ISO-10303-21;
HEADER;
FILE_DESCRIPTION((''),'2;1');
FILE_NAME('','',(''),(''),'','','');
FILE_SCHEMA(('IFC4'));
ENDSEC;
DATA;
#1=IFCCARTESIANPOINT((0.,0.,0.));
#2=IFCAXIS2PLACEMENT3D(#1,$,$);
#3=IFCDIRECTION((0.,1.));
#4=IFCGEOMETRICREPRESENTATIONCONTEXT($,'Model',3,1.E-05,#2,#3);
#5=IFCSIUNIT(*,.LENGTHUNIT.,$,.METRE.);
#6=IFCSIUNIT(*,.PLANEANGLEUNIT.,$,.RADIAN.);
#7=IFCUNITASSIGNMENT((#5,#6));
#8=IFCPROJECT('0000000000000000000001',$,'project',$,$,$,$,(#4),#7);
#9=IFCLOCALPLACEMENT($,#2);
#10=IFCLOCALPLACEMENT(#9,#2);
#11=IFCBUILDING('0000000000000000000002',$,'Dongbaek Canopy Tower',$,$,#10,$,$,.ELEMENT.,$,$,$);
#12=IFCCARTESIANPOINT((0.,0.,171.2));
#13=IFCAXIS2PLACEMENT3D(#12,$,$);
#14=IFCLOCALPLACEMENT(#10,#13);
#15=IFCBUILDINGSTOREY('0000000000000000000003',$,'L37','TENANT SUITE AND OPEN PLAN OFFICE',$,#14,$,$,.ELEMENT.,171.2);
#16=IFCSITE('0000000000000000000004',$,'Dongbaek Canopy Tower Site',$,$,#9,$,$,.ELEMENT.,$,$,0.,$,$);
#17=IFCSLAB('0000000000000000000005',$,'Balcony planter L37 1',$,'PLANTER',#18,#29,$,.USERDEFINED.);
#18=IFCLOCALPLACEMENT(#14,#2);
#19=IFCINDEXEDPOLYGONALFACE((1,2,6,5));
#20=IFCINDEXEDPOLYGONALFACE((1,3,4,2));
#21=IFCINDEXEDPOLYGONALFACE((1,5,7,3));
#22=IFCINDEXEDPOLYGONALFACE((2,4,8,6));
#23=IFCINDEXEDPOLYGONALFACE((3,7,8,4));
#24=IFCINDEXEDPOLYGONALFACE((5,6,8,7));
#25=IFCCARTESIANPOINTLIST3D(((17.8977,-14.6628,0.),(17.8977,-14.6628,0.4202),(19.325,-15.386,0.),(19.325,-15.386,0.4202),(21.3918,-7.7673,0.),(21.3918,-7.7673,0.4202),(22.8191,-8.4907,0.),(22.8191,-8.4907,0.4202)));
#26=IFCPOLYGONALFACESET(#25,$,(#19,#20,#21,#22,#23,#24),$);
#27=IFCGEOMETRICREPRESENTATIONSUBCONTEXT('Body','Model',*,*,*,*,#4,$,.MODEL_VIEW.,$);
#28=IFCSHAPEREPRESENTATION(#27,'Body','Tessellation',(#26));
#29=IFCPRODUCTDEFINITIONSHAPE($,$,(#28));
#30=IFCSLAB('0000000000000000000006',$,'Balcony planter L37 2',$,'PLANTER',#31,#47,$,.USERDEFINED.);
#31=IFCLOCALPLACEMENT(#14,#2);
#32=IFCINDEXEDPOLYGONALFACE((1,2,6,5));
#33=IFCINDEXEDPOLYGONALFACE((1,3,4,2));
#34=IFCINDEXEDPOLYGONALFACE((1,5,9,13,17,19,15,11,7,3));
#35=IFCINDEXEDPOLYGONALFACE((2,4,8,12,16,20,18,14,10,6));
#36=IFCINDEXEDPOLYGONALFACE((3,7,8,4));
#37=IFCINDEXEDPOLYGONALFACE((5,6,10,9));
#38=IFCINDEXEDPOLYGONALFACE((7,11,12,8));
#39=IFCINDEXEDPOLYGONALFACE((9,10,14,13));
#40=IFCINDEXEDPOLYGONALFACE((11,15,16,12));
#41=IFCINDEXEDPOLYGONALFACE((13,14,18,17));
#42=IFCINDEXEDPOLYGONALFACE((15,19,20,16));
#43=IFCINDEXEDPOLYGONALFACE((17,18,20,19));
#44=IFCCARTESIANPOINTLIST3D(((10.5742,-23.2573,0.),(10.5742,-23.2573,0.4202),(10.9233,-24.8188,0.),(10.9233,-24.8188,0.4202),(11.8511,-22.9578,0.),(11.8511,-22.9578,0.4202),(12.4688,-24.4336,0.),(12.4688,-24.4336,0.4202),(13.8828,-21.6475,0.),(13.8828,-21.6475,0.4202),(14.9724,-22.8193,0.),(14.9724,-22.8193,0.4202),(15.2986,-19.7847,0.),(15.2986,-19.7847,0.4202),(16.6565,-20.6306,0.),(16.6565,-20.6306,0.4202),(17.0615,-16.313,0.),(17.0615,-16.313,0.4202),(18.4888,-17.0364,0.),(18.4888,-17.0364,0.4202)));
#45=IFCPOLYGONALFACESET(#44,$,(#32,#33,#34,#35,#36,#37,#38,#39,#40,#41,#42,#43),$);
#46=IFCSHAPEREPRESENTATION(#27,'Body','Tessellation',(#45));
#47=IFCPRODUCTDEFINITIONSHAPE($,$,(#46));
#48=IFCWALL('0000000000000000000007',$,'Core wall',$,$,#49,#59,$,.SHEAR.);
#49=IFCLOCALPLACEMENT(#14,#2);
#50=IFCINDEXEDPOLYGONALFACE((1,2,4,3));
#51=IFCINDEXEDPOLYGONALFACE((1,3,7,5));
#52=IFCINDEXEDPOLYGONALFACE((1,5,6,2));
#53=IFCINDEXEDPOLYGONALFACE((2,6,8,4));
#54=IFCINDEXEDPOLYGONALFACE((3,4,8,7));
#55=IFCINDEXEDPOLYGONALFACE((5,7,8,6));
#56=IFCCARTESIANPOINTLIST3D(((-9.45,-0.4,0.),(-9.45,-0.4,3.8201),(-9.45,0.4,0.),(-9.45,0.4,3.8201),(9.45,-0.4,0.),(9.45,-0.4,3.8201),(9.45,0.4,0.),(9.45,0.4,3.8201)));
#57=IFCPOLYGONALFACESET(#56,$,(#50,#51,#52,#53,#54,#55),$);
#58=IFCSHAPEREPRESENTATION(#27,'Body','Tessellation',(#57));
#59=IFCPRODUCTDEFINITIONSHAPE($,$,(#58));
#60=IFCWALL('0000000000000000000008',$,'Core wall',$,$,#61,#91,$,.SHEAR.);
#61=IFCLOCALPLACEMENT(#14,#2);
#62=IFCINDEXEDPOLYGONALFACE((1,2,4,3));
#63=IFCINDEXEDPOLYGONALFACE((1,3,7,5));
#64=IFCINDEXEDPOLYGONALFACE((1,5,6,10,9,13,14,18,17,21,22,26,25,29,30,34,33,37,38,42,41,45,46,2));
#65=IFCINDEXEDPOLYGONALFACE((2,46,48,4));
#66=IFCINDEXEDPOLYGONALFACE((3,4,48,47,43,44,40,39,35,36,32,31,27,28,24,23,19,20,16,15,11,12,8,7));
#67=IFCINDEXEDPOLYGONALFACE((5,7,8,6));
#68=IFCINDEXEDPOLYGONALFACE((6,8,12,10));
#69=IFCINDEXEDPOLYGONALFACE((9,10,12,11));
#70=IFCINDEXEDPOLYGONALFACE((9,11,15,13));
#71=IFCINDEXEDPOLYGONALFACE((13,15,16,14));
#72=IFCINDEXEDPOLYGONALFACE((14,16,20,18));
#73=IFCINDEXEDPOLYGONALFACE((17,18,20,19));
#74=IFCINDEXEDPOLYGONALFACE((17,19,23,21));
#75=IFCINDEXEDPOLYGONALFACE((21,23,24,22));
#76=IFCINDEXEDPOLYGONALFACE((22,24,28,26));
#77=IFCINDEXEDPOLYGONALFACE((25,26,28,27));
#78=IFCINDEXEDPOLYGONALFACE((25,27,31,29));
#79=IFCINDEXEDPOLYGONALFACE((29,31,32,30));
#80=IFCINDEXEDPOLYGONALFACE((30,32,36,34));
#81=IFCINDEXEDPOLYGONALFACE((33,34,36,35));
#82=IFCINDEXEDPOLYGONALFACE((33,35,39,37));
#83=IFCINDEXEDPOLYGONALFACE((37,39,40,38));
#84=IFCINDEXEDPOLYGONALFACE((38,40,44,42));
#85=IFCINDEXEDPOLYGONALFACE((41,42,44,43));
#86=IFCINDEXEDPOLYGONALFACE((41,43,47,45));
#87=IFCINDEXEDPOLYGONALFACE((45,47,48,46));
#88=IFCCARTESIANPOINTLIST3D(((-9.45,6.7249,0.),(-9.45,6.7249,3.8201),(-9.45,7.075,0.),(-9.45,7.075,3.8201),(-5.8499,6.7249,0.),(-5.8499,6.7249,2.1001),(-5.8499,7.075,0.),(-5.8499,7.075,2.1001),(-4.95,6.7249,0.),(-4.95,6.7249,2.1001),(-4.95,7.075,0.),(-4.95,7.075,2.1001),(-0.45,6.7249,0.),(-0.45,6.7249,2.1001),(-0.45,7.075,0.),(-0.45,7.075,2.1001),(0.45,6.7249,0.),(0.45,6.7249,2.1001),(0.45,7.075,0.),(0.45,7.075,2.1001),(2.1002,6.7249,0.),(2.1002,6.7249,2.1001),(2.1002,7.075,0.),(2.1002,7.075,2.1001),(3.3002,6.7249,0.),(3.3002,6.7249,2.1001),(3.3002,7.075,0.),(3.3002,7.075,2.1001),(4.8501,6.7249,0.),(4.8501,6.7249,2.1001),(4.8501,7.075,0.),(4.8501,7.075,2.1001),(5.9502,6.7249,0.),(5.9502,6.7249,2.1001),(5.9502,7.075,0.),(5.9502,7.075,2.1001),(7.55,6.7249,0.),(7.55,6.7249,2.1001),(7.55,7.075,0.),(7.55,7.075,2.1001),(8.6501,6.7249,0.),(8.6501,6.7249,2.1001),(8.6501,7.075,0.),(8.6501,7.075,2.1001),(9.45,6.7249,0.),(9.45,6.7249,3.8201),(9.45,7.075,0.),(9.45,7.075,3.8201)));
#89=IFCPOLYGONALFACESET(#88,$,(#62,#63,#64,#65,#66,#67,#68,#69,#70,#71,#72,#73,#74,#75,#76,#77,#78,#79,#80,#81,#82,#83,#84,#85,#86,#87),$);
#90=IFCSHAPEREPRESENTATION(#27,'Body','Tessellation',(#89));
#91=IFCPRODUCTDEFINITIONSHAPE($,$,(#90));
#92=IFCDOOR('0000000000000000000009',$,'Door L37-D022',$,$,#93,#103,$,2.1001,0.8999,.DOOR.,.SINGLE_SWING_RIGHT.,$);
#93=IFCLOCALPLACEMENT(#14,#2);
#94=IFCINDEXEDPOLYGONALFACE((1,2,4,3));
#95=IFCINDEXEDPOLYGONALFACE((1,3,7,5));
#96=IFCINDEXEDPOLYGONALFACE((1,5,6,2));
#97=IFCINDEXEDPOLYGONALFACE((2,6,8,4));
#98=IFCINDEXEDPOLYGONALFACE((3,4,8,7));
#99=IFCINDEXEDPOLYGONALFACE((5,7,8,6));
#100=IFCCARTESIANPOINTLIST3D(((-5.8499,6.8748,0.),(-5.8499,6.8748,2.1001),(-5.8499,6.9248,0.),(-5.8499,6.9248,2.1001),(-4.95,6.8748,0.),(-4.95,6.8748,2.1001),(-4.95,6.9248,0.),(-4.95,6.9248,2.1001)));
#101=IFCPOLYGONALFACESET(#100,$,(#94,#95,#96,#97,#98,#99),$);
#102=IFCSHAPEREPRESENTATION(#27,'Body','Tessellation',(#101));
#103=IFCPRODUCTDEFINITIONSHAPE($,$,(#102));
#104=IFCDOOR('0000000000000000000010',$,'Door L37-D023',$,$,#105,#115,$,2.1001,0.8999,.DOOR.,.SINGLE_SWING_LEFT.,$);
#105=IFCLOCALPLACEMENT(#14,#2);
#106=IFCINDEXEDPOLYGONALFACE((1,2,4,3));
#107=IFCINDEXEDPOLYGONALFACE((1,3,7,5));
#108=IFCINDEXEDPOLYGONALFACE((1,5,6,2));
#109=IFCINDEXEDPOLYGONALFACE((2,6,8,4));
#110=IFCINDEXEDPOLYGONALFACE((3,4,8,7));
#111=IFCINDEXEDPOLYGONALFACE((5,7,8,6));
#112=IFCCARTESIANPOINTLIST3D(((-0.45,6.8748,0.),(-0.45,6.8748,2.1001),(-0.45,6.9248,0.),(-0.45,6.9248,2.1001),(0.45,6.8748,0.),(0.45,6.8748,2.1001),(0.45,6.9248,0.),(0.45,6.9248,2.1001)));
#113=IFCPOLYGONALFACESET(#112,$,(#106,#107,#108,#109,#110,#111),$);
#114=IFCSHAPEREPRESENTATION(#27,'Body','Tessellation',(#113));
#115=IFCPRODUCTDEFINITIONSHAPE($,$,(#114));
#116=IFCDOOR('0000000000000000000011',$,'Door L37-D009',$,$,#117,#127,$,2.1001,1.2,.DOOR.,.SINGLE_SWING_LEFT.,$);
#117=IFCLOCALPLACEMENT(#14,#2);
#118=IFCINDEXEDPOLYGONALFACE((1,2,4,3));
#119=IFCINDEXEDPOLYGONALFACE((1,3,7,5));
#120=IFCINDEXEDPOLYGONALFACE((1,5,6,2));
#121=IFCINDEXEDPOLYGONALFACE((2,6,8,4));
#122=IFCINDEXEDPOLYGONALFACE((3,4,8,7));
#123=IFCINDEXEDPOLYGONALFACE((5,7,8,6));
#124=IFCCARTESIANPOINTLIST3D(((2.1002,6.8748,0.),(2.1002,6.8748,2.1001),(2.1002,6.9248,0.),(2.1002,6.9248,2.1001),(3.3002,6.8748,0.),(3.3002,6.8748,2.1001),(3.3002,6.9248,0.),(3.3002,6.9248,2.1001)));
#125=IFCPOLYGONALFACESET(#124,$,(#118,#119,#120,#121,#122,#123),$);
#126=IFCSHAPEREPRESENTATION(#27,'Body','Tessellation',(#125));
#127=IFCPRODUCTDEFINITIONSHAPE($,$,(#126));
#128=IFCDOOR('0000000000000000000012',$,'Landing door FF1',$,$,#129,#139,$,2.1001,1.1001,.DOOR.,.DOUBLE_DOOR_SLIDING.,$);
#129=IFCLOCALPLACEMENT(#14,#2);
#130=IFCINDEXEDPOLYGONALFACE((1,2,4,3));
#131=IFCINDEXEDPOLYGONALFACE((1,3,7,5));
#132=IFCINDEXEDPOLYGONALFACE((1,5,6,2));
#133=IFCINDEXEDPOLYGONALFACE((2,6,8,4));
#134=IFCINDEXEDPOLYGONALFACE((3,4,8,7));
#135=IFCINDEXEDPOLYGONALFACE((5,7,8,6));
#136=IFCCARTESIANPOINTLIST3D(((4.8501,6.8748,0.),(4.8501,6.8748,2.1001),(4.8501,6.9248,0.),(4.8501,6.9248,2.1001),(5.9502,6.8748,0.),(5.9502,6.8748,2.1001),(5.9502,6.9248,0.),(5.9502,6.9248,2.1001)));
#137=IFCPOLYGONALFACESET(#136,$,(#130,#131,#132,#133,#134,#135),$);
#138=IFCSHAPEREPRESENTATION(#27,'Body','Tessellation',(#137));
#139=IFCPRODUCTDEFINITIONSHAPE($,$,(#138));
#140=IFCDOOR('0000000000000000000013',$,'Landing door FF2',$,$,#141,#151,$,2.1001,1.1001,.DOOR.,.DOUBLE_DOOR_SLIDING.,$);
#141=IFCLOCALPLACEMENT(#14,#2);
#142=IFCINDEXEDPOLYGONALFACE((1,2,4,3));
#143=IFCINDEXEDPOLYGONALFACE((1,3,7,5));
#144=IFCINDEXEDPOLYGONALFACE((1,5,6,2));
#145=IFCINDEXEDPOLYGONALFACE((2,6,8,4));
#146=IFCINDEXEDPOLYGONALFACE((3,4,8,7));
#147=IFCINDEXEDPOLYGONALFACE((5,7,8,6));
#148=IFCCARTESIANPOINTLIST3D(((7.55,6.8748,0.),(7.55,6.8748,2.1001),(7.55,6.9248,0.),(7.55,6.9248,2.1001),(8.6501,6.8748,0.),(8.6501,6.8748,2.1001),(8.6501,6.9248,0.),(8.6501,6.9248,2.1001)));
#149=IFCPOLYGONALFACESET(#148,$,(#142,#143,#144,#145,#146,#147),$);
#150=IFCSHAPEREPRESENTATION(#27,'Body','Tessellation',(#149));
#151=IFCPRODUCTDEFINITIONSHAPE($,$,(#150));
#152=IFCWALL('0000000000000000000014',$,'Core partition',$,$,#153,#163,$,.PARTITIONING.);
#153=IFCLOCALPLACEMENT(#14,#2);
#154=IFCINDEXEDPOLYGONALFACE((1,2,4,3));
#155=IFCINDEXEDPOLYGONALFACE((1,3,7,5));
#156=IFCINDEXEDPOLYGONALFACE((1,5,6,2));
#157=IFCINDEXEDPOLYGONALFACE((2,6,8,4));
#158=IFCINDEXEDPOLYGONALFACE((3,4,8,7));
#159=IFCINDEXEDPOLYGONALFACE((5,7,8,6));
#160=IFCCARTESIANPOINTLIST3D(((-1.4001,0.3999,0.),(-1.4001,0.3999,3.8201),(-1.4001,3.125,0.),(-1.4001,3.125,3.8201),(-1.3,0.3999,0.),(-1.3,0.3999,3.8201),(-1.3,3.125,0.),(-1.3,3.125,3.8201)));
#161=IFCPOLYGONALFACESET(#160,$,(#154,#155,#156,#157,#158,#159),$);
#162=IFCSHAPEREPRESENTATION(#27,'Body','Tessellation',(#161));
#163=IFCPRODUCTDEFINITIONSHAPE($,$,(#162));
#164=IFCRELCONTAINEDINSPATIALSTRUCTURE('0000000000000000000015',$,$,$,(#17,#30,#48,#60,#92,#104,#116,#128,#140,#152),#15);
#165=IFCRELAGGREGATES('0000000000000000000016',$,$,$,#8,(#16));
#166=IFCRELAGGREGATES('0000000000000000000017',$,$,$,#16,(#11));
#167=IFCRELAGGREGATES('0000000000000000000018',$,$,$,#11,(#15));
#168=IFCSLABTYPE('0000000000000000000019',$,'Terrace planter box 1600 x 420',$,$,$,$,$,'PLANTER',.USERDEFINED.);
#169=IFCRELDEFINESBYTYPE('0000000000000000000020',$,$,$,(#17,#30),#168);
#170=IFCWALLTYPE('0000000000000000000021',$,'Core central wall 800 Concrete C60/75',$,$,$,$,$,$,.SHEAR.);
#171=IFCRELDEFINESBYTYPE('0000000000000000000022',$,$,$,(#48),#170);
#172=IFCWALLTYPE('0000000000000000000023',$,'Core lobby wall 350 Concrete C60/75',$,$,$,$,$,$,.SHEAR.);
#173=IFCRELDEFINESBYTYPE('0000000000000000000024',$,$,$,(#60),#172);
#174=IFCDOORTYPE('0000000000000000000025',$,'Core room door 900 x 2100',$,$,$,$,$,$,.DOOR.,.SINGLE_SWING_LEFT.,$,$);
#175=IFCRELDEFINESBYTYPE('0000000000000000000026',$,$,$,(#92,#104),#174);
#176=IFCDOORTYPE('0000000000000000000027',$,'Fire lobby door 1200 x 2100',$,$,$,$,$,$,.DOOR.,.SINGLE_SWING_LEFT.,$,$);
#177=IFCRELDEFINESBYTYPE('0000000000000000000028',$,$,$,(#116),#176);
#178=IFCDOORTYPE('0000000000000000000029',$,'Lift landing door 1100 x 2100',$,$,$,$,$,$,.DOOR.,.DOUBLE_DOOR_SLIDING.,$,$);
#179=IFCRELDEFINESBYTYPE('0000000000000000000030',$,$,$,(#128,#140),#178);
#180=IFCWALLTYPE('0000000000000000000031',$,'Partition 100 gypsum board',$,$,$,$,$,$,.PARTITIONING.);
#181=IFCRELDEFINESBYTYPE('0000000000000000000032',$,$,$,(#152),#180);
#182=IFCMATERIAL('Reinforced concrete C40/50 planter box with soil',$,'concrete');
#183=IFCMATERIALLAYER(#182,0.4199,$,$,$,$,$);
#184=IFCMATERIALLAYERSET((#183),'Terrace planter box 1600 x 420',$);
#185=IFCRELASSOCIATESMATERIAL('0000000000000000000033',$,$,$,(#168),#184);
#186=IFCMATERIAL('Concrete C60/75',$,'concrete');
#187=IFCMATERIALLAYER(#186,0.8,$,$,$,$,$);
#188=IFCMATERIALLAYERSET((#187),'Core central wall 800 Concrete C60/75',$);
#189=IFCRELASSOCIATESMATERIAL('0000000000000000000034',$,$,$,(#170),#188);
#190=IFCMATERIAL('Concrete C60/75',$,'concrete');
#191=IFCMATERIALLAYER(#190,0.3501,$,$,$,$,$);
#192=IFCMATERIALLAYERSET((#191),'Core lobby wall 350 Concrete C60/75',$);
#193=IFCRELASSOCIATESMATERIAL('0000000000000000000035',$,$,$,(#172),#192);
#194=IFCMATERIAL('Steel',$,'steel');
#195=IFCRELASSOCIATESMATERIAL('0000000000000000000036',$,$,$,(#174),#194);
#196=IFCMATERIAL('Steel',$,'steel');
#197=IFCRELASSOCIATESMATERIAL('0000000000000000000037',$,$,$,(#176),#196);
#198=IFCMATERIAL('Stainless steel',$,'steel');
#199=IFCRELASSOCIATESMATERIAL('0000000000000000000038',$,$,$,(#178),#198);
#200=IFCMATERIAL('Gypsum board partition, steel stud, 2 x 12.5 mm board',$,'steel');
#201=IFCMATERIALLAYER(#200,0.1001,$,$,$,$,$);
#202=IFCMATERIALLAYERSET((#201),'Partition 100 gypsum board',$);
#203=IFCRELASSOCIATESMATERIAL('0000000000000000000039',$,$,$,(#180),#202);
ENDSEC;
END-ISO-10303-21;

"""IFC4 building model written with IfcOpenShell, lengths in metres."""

from ifc_helpers import new_model, si_unit, direction, frame, frame_2d, origin, place, context, subcontext, project, spatial, polyline, rectangle, outline, extrude, material, layer, layer_set, type_object, element, fill, save


model = new_model("IFC4")

# Units and contexts
model_context = context("Model", 3, precision=1e-05, world=origin(), true_north=direction((0.0, 1.0)))
body_context = subcontext(model_context, "Body", "Model", "MODEL_VIEW")
ifc_project = project(units=[si_unit("LENGTHUNIT", "METRE"), si_unit("PLANEANGLEUNIT", "RADIAN")], contexts=[model_context])

# Site, building, storey
site_placement = place(None, origin())
site = spatial("IfcSite", under=ifc_project, at=site_placement, Name="Dongbaek Canopy Tower Site", CompositionType="ELEMENT", RefElevation=0.0)
building_placement = place(site_placement, origin())
building = spatial("IfcBuilding", under=site, at=building_placement, Name="Dongbaek Canopy Tower", CompositionType="ELEMENT")
storey_placement = place(building_placement, frame((0.0, 0.0, 171.2)))
storey = spatial("IfcBuildingStorey", under=building, at=storey_placement, Name="L37", Description="TENANT SUITE AND OPEN PLAN OFFICE", CompositionType="ELEMENT", Elevation=171.2)

# Slabs
ifc_material_1 = material(Name="Reinforced concrete C40/50 planter box with soil", Category="concrete")
ifc_layer_1 = layer(ifc_material_1, 0.4199)
ifc_layer_set_1 = layer_set([ifc_layer_1], Name="Terrace planter box 1600 x 420")
slab_type_1 = type_object("IfcSlabType", Name="Terrace planter box 1600 x 420", ElementType="PLANTER", PredefinedType="USERDEFINED", material=ifc_layer_set_1)
slab_1_placement = place(storey_placement, origin())
element("IfcSlab", 1, at=slab_1_placement, inside=storey, type_object=slab_type_1, Name="Balcony planter L37 1", ObjectType="PLANTER", PredefinedType="USERDEFINED", context=body_context, shape_type="SweptSolid", body=[
    extrude(outline(polyline([(17.8977, -14.6628), (21.3918, -7.7673), (22.8191, -8.4907), (19.325, -15.386), (17.8977, -14.6628)])), origin(), (0.0, 0.0, 1.0), 0.4202),
])
slab_2_placement = place(storey_placement, origin())
element("IfcSlab", 2, at=slab_2_placement, inside=storey, type_object=slab_type_1, Name="Balcony planter L37 2", ObjectType="PLANTER", PredefinedType="USERDEFINED", context=body_context, shape_type="SweptSolid", body=[
    extrude(outline(polyline([(10.5742, -23.2573), (11.8511, -22.9578), (13.8828, -21.6475), (15.2986, -19.7847), (17.0615, -16.313), (18.4888, -17.0364), (16.6565, -20.6306), (14.9724, -22.8193), (12.4688, -24.4336), (10.9233, -24.8188), (10.5742, -23.2573)])), origin(), (0.0, 0.0, 1.0), 0.4202),
])

# Wall
ifc_material_2 = material(Name="Concrete C60/75", Category="concrete")
ifc_layer_2 = layer(ifc_material_2, 0.8)
ifc_layer_set_2 = layer_set([ifc_layer_2], Name="Core central wall 800 Concrete C60/75")
wall_type_1 = type_object("IfcWallType", Name="Core central wall 800 Concrete C60/75", PredefinedType="SHEAR", material=ifc_layer_set_2)
wall_1_placement = place(storey_placement, frame((-9.45, 0.0, 0.0), z_axis=(0.0, 0.0, 1.0), x_axis=(1.0, 0.0, 0.0)))
element("IfcWall", 3, at=wall_1_placement, inside=storey, type_object=wall_type_1, Name="Core wall", PredefinedType="SHEAR", context=body_context, shape_type="SweptSolid", body=[
    extrude(rectangle(XDim=18.8999, YDim=0.8, at=frame_2d((9.45, 0.0))), origin(), (0.0, 0.0, 1.0), 3.8201),
])

# Wall, openings, doors
ifc_material_3 = material(Name="Concrete C60/75", Category="concrete")
ifc_layer_3 = layer(ifc_material_3, 0.3501)
ifc_layer_set_3 = layer_set([ifc_layer_3], Name="Core lobby wall 350 Concrete C60/75")
wall_type_2 = type_object("IfcWallType", Name="Core lobby wall 350 Concrete C60/75", PredefinedType="SHEAR", material=ifc_layer_set_3)
wall_2_placement = place(storey_placement, frame((-9.45, 6.8999, 0.0), z_axis=(0.0, 0.0, 1.0), x_axis=(1.0, 0.0, 0.0)))
wall_2 = element("IfcWall", 4, at=wall_2_placement, inside=storey, type_object=wall_type_2, Name="Core wall", PredefinedType="SHEAR", context=body_context, shape_type="SweptSolid", body=[
    extrude(rectangle(XDim=18.8999, YDim=0.3501, at=frame_2d((9.45, 0.0))), origin(), (0.0, 0.0, 1.0), 3.8201),
])
opening_1_placement = place(wall_2_placement, frame((11.55, 0.0, 0.0)))
opening_1 = element("IfcOpeningElement", 5, at=opening_1_placement, cuts=wall_2, PredefinedType="OPENING", context=body_context, shape_type="SweptSolid", body=[
    extrude(rectangle(XDim=1.2, YDim=2.1001, at=frame_2d((0.6001, 1.05))), frame((0.0, 0.1851, 0.0), z_axis=(0.0, -1.0, 0.0), x_axis=(1.0, 0.0, 0.0)), (0.0, 0.0, 1.0), 0.3701),
])
opening_2_placement = place(wall_2_placement, frame((14.3, 0.0, 0.0)))
opening_2 = element("IfcOpeningElement", 6, at=opening_2_placement, cuts=wall_2, PredefinedType="OPENING", context=body_context, shape_type="SweptSolid", body=[
    extrude(rectangle(XDim=1.1001, YDim=2.1001, at=frame_2d((0.55, 1.05))), frame((0.0, 0.1851, 0.0), z_axis=(0.0, -1.0, 0.0), x_axis=(1.0, 0.0, 0.0)), (0.0, 0.0, 1.0), 0.3701),
])
opening_3_placement = place(wall_2_placement, frame((17.0, 0.0, 0.0)))
opening_3 = element("IfcOpeningElement", 7, at=opening_3_placement, cuts=wall_2, PredefinedType="OPENING", context=body_context, shape_type="SweptSolid", body=[
    extrude(rectangle(XDim=1.1001, YDim=2.1001, at=frame_2d((0.55, 1.05))), frame((0.0, 0.1851, 0.0), z_axis=(0.0, -1.0, 0.0), x_axis=(1.0, 0.0, 0.0)), (0.0, 0.0, 1.0), 0.3701),
])
opening_4_placement = place(wall_2_placement, frame((3.6001, 0.0, 0.0)))
opening_4 = element("IfcOpeningElement", 8, at=opening_4_placement, cuts=wall_2, PredefinedType="OPENING", context=body_context, shape_type="SweptSolid", body=[
    extrude(rectangle(XDim=0.8999, YDim=2.1001, at=frame_2d((0.45, 1.05))), frame((0.0, 0.1851, 0.0), z_axis=(0.0, -1.0, 0.0), x_axis=(1.0, 0.0, 0.0)), (0.0, 0.0, 1.0), 0.3701),
])
opening_5_placement = place(wall_2_placement, frame((9.0, 0.0, 0.0)))
opening_5 = element("IfcOpeningElement", 9, at=opening_5_placement, cuts=wall_2, PredefinedType="OPENING", context=body_context, shape_type="SweptSolid", body=[
    extrude(rectangle(XDim=0.8999, YDim=2.1001, at=frame_2d((0.45, 1.05))), frame((0.0, 0.1851, 0.0), z_axis=(0.0, -1.0, 0.0), x_axis=(1.0, 0.0, 0.0)), (0.0, 0.0, 1.0), 0.3701),
])
ifc_material_4 = material(Name="Steel", Category="steel")
door_type_1 = type_object("IfcDoorType", Name="Core room door 900 x 2100", OperationType="SINGLE_SWING_LEFT", PredefinedType="DOOR", material=ifc_material_4)
door_1_placement = place(opening_4_placement, origin())
door_1 = element("IfcDoor", 10, at=door_1_placement, inside=storey, type_object=door_type_1, Name="Door L37-D022", OperationType="SINGLE_SWING_RIGHT", OverallHeight=2.1001, OverallWidth=0.8999, PredefinedType="DOOR", context=body_context, shape_type="SweptSolid", body=[
    extrude(rectangle(XDim=0.8999, YDim=2.1001, at=frame_2d((0.45, 1.05))), frame((0.0, 0.0249, 0.0), z_axis=(0.0, -1.0, 0.0), x_axis=(1.0, 0.0, 0.0)), (0.0, 0.0, 1.0), 0.05),
])
fill(opening_4, door_1)
door_2_placement = place(opening_5_placement, origin())
door_2 = element("IfcDoor", 11, at=door_2_placement, inside=storey, type_object=door_type_1, Name="Door L37-D023", OperationType="SINGLE_SWING_LEFT", OverallHeight=2.1001, OverallWidth=0.8999, PredefinedType="DOOR", context=body_context, shape_type="SweptSolid", body=[
    extrude(rectangle(XDim=0.8999, YDim=2.1001, at=frame_2d((0.45, 1.05))), frame((0.0, 0.0249, 0.0), z_axis=(0.0, -1.0, 0.0), x_axis=(1.0, 0.0, 0.0)), (0.0, 0.0, 1.0), 0.05),
])
fill(opening_5, door_2)
ifc_material_5 = material(Name="Steel", Category="steel")
door_type_2 = type_object("IfcDoorType", Name="Fire lobby door 1200 x 2100", OperationType="SINGLE_SWING_LEFT", PredefinedType="DOOR", material=ifc_material_5)
door_3_placement = place(opening_1_placement, origin())
door_3 = element("IfcDoor", 12, at=door_3_placement, inside=storey, type_object=door_type_2, Name="Door L37-D009", OperationType="SINGLE_SWING_LEFT", OverallHeight=2.1001, OverallWidth=1.2, PredefinedType="DOOR", context=body_context, shape_type="SweptSolid", body=[
    extrude(rectangle(XDim=1.2, YDim=2.1001, at=frame_2d((0.6001, 1.05))), frame((0.0, 0.0249, 0.0), z_axis=(0.0, -1.0, 0.0), x_axis=(1.0, 0.0, 0.0)), (0.0, 0.0, 1.0), 0.05),
])
fill(opening_1, door_3)
ifc_material_6 = material(Name="Stainless steel", Category="steel")
door_type_3 = type_object("IfcDoorType", Name="Lift landing door 1100 x 2100", OperationType="DOUBLE_DOOR_SLIDING", PredefinedType="DOOR", material=ifc_material_6)
door_4_placement = place(opening_2_placement, origin())
door_4 = element("IfcDoor", 13, at=door_4_placement, inside=storey, type_object=door_type_3, Name="Landing door FF1", OperationType="DOUBLE_DOOR_SLIDING", OverallHeight=2.1001, OverallWidth=1.1001, PredefinedType="DOOR", context=body_context, shape_type="SweptSolid", body=[
    extrude(rectangle(XDim=1.1001, YDim=2.1001, at=frame_2d((0.55, 1.05))), frame((0.0, 0.0249, 0.0), z_axis=(0.0, -1.0, 0.0), x_axis=(1.0, 0.0, 0.0)), (0.0, 0.0, 1.0), 0.05),
])
fill(opening_2, door_4)
door_5_placement = place(opening_3_placement, origin())
door_5 = element("IfcDoor", 14, at=door_5_placement, inside=storey, type_object=door_type_3, Name="Landing door FF2", OperationType="DOUBLE_DOOR_SLIDING", OverallHeight=2.1001, OverallWidth=1.1001, PredefinedType="DOOR", context=body_context, shape_type="SweptSolid", body=[
    extrude(rectangle(XDim=1.1001, YDim=2.1001, at=frame_2d((0.55, 1.05))), frame((0.0, 0.0249, 0.0), z_axis=(0.0, -1.0, 0.0), x_axis=(1.0, 0.0, 0.0)), (0.0, 0.0, 1.0), 0.05),
])
fill(opening_3, door_5)

# Wall
ifc_material_7 = material(Name="Gypsum board partition, steel stud, 2 x 12.5 mm board", Category="steel")
ifc_layer_4 = layer(ifc_material_7, 0.1001)
ifc_layer_set_4 = layer_set([ifc_layer_4], Name="Partition 100 gypsum board")
wall_type_3 = type_object("IfcWallType", Name="Partition 100 gypsum board", PredefinedType="PARTITIONING", material=ifc_layer_set_4)
for number, where, z_axis, x_axis, name in (
    (15, (-1.3501, 0.3999, 0.0), (0.0, 0.0, 1.0), (0.0, 1.0, 0.0), "Core partition"),
):
    element("IfcWall", number, at=place(storey_placement, frame(where, z_axis=z_axis, x_axis=x_axis)), inside=storey, type_object=wall_type_3, Name=name, PredefinedType="PARTITIONING", context=body_context, shape_type="SweptSolid", body=[
        extrude(rectangle(XDim=2.7251, YDim=0.1001, at=frame_2d((1.3625, 0.0))), origin(), (0.0, 0.0, 1.0), 3.8201),
    ])

save(model, "model.ifc")
